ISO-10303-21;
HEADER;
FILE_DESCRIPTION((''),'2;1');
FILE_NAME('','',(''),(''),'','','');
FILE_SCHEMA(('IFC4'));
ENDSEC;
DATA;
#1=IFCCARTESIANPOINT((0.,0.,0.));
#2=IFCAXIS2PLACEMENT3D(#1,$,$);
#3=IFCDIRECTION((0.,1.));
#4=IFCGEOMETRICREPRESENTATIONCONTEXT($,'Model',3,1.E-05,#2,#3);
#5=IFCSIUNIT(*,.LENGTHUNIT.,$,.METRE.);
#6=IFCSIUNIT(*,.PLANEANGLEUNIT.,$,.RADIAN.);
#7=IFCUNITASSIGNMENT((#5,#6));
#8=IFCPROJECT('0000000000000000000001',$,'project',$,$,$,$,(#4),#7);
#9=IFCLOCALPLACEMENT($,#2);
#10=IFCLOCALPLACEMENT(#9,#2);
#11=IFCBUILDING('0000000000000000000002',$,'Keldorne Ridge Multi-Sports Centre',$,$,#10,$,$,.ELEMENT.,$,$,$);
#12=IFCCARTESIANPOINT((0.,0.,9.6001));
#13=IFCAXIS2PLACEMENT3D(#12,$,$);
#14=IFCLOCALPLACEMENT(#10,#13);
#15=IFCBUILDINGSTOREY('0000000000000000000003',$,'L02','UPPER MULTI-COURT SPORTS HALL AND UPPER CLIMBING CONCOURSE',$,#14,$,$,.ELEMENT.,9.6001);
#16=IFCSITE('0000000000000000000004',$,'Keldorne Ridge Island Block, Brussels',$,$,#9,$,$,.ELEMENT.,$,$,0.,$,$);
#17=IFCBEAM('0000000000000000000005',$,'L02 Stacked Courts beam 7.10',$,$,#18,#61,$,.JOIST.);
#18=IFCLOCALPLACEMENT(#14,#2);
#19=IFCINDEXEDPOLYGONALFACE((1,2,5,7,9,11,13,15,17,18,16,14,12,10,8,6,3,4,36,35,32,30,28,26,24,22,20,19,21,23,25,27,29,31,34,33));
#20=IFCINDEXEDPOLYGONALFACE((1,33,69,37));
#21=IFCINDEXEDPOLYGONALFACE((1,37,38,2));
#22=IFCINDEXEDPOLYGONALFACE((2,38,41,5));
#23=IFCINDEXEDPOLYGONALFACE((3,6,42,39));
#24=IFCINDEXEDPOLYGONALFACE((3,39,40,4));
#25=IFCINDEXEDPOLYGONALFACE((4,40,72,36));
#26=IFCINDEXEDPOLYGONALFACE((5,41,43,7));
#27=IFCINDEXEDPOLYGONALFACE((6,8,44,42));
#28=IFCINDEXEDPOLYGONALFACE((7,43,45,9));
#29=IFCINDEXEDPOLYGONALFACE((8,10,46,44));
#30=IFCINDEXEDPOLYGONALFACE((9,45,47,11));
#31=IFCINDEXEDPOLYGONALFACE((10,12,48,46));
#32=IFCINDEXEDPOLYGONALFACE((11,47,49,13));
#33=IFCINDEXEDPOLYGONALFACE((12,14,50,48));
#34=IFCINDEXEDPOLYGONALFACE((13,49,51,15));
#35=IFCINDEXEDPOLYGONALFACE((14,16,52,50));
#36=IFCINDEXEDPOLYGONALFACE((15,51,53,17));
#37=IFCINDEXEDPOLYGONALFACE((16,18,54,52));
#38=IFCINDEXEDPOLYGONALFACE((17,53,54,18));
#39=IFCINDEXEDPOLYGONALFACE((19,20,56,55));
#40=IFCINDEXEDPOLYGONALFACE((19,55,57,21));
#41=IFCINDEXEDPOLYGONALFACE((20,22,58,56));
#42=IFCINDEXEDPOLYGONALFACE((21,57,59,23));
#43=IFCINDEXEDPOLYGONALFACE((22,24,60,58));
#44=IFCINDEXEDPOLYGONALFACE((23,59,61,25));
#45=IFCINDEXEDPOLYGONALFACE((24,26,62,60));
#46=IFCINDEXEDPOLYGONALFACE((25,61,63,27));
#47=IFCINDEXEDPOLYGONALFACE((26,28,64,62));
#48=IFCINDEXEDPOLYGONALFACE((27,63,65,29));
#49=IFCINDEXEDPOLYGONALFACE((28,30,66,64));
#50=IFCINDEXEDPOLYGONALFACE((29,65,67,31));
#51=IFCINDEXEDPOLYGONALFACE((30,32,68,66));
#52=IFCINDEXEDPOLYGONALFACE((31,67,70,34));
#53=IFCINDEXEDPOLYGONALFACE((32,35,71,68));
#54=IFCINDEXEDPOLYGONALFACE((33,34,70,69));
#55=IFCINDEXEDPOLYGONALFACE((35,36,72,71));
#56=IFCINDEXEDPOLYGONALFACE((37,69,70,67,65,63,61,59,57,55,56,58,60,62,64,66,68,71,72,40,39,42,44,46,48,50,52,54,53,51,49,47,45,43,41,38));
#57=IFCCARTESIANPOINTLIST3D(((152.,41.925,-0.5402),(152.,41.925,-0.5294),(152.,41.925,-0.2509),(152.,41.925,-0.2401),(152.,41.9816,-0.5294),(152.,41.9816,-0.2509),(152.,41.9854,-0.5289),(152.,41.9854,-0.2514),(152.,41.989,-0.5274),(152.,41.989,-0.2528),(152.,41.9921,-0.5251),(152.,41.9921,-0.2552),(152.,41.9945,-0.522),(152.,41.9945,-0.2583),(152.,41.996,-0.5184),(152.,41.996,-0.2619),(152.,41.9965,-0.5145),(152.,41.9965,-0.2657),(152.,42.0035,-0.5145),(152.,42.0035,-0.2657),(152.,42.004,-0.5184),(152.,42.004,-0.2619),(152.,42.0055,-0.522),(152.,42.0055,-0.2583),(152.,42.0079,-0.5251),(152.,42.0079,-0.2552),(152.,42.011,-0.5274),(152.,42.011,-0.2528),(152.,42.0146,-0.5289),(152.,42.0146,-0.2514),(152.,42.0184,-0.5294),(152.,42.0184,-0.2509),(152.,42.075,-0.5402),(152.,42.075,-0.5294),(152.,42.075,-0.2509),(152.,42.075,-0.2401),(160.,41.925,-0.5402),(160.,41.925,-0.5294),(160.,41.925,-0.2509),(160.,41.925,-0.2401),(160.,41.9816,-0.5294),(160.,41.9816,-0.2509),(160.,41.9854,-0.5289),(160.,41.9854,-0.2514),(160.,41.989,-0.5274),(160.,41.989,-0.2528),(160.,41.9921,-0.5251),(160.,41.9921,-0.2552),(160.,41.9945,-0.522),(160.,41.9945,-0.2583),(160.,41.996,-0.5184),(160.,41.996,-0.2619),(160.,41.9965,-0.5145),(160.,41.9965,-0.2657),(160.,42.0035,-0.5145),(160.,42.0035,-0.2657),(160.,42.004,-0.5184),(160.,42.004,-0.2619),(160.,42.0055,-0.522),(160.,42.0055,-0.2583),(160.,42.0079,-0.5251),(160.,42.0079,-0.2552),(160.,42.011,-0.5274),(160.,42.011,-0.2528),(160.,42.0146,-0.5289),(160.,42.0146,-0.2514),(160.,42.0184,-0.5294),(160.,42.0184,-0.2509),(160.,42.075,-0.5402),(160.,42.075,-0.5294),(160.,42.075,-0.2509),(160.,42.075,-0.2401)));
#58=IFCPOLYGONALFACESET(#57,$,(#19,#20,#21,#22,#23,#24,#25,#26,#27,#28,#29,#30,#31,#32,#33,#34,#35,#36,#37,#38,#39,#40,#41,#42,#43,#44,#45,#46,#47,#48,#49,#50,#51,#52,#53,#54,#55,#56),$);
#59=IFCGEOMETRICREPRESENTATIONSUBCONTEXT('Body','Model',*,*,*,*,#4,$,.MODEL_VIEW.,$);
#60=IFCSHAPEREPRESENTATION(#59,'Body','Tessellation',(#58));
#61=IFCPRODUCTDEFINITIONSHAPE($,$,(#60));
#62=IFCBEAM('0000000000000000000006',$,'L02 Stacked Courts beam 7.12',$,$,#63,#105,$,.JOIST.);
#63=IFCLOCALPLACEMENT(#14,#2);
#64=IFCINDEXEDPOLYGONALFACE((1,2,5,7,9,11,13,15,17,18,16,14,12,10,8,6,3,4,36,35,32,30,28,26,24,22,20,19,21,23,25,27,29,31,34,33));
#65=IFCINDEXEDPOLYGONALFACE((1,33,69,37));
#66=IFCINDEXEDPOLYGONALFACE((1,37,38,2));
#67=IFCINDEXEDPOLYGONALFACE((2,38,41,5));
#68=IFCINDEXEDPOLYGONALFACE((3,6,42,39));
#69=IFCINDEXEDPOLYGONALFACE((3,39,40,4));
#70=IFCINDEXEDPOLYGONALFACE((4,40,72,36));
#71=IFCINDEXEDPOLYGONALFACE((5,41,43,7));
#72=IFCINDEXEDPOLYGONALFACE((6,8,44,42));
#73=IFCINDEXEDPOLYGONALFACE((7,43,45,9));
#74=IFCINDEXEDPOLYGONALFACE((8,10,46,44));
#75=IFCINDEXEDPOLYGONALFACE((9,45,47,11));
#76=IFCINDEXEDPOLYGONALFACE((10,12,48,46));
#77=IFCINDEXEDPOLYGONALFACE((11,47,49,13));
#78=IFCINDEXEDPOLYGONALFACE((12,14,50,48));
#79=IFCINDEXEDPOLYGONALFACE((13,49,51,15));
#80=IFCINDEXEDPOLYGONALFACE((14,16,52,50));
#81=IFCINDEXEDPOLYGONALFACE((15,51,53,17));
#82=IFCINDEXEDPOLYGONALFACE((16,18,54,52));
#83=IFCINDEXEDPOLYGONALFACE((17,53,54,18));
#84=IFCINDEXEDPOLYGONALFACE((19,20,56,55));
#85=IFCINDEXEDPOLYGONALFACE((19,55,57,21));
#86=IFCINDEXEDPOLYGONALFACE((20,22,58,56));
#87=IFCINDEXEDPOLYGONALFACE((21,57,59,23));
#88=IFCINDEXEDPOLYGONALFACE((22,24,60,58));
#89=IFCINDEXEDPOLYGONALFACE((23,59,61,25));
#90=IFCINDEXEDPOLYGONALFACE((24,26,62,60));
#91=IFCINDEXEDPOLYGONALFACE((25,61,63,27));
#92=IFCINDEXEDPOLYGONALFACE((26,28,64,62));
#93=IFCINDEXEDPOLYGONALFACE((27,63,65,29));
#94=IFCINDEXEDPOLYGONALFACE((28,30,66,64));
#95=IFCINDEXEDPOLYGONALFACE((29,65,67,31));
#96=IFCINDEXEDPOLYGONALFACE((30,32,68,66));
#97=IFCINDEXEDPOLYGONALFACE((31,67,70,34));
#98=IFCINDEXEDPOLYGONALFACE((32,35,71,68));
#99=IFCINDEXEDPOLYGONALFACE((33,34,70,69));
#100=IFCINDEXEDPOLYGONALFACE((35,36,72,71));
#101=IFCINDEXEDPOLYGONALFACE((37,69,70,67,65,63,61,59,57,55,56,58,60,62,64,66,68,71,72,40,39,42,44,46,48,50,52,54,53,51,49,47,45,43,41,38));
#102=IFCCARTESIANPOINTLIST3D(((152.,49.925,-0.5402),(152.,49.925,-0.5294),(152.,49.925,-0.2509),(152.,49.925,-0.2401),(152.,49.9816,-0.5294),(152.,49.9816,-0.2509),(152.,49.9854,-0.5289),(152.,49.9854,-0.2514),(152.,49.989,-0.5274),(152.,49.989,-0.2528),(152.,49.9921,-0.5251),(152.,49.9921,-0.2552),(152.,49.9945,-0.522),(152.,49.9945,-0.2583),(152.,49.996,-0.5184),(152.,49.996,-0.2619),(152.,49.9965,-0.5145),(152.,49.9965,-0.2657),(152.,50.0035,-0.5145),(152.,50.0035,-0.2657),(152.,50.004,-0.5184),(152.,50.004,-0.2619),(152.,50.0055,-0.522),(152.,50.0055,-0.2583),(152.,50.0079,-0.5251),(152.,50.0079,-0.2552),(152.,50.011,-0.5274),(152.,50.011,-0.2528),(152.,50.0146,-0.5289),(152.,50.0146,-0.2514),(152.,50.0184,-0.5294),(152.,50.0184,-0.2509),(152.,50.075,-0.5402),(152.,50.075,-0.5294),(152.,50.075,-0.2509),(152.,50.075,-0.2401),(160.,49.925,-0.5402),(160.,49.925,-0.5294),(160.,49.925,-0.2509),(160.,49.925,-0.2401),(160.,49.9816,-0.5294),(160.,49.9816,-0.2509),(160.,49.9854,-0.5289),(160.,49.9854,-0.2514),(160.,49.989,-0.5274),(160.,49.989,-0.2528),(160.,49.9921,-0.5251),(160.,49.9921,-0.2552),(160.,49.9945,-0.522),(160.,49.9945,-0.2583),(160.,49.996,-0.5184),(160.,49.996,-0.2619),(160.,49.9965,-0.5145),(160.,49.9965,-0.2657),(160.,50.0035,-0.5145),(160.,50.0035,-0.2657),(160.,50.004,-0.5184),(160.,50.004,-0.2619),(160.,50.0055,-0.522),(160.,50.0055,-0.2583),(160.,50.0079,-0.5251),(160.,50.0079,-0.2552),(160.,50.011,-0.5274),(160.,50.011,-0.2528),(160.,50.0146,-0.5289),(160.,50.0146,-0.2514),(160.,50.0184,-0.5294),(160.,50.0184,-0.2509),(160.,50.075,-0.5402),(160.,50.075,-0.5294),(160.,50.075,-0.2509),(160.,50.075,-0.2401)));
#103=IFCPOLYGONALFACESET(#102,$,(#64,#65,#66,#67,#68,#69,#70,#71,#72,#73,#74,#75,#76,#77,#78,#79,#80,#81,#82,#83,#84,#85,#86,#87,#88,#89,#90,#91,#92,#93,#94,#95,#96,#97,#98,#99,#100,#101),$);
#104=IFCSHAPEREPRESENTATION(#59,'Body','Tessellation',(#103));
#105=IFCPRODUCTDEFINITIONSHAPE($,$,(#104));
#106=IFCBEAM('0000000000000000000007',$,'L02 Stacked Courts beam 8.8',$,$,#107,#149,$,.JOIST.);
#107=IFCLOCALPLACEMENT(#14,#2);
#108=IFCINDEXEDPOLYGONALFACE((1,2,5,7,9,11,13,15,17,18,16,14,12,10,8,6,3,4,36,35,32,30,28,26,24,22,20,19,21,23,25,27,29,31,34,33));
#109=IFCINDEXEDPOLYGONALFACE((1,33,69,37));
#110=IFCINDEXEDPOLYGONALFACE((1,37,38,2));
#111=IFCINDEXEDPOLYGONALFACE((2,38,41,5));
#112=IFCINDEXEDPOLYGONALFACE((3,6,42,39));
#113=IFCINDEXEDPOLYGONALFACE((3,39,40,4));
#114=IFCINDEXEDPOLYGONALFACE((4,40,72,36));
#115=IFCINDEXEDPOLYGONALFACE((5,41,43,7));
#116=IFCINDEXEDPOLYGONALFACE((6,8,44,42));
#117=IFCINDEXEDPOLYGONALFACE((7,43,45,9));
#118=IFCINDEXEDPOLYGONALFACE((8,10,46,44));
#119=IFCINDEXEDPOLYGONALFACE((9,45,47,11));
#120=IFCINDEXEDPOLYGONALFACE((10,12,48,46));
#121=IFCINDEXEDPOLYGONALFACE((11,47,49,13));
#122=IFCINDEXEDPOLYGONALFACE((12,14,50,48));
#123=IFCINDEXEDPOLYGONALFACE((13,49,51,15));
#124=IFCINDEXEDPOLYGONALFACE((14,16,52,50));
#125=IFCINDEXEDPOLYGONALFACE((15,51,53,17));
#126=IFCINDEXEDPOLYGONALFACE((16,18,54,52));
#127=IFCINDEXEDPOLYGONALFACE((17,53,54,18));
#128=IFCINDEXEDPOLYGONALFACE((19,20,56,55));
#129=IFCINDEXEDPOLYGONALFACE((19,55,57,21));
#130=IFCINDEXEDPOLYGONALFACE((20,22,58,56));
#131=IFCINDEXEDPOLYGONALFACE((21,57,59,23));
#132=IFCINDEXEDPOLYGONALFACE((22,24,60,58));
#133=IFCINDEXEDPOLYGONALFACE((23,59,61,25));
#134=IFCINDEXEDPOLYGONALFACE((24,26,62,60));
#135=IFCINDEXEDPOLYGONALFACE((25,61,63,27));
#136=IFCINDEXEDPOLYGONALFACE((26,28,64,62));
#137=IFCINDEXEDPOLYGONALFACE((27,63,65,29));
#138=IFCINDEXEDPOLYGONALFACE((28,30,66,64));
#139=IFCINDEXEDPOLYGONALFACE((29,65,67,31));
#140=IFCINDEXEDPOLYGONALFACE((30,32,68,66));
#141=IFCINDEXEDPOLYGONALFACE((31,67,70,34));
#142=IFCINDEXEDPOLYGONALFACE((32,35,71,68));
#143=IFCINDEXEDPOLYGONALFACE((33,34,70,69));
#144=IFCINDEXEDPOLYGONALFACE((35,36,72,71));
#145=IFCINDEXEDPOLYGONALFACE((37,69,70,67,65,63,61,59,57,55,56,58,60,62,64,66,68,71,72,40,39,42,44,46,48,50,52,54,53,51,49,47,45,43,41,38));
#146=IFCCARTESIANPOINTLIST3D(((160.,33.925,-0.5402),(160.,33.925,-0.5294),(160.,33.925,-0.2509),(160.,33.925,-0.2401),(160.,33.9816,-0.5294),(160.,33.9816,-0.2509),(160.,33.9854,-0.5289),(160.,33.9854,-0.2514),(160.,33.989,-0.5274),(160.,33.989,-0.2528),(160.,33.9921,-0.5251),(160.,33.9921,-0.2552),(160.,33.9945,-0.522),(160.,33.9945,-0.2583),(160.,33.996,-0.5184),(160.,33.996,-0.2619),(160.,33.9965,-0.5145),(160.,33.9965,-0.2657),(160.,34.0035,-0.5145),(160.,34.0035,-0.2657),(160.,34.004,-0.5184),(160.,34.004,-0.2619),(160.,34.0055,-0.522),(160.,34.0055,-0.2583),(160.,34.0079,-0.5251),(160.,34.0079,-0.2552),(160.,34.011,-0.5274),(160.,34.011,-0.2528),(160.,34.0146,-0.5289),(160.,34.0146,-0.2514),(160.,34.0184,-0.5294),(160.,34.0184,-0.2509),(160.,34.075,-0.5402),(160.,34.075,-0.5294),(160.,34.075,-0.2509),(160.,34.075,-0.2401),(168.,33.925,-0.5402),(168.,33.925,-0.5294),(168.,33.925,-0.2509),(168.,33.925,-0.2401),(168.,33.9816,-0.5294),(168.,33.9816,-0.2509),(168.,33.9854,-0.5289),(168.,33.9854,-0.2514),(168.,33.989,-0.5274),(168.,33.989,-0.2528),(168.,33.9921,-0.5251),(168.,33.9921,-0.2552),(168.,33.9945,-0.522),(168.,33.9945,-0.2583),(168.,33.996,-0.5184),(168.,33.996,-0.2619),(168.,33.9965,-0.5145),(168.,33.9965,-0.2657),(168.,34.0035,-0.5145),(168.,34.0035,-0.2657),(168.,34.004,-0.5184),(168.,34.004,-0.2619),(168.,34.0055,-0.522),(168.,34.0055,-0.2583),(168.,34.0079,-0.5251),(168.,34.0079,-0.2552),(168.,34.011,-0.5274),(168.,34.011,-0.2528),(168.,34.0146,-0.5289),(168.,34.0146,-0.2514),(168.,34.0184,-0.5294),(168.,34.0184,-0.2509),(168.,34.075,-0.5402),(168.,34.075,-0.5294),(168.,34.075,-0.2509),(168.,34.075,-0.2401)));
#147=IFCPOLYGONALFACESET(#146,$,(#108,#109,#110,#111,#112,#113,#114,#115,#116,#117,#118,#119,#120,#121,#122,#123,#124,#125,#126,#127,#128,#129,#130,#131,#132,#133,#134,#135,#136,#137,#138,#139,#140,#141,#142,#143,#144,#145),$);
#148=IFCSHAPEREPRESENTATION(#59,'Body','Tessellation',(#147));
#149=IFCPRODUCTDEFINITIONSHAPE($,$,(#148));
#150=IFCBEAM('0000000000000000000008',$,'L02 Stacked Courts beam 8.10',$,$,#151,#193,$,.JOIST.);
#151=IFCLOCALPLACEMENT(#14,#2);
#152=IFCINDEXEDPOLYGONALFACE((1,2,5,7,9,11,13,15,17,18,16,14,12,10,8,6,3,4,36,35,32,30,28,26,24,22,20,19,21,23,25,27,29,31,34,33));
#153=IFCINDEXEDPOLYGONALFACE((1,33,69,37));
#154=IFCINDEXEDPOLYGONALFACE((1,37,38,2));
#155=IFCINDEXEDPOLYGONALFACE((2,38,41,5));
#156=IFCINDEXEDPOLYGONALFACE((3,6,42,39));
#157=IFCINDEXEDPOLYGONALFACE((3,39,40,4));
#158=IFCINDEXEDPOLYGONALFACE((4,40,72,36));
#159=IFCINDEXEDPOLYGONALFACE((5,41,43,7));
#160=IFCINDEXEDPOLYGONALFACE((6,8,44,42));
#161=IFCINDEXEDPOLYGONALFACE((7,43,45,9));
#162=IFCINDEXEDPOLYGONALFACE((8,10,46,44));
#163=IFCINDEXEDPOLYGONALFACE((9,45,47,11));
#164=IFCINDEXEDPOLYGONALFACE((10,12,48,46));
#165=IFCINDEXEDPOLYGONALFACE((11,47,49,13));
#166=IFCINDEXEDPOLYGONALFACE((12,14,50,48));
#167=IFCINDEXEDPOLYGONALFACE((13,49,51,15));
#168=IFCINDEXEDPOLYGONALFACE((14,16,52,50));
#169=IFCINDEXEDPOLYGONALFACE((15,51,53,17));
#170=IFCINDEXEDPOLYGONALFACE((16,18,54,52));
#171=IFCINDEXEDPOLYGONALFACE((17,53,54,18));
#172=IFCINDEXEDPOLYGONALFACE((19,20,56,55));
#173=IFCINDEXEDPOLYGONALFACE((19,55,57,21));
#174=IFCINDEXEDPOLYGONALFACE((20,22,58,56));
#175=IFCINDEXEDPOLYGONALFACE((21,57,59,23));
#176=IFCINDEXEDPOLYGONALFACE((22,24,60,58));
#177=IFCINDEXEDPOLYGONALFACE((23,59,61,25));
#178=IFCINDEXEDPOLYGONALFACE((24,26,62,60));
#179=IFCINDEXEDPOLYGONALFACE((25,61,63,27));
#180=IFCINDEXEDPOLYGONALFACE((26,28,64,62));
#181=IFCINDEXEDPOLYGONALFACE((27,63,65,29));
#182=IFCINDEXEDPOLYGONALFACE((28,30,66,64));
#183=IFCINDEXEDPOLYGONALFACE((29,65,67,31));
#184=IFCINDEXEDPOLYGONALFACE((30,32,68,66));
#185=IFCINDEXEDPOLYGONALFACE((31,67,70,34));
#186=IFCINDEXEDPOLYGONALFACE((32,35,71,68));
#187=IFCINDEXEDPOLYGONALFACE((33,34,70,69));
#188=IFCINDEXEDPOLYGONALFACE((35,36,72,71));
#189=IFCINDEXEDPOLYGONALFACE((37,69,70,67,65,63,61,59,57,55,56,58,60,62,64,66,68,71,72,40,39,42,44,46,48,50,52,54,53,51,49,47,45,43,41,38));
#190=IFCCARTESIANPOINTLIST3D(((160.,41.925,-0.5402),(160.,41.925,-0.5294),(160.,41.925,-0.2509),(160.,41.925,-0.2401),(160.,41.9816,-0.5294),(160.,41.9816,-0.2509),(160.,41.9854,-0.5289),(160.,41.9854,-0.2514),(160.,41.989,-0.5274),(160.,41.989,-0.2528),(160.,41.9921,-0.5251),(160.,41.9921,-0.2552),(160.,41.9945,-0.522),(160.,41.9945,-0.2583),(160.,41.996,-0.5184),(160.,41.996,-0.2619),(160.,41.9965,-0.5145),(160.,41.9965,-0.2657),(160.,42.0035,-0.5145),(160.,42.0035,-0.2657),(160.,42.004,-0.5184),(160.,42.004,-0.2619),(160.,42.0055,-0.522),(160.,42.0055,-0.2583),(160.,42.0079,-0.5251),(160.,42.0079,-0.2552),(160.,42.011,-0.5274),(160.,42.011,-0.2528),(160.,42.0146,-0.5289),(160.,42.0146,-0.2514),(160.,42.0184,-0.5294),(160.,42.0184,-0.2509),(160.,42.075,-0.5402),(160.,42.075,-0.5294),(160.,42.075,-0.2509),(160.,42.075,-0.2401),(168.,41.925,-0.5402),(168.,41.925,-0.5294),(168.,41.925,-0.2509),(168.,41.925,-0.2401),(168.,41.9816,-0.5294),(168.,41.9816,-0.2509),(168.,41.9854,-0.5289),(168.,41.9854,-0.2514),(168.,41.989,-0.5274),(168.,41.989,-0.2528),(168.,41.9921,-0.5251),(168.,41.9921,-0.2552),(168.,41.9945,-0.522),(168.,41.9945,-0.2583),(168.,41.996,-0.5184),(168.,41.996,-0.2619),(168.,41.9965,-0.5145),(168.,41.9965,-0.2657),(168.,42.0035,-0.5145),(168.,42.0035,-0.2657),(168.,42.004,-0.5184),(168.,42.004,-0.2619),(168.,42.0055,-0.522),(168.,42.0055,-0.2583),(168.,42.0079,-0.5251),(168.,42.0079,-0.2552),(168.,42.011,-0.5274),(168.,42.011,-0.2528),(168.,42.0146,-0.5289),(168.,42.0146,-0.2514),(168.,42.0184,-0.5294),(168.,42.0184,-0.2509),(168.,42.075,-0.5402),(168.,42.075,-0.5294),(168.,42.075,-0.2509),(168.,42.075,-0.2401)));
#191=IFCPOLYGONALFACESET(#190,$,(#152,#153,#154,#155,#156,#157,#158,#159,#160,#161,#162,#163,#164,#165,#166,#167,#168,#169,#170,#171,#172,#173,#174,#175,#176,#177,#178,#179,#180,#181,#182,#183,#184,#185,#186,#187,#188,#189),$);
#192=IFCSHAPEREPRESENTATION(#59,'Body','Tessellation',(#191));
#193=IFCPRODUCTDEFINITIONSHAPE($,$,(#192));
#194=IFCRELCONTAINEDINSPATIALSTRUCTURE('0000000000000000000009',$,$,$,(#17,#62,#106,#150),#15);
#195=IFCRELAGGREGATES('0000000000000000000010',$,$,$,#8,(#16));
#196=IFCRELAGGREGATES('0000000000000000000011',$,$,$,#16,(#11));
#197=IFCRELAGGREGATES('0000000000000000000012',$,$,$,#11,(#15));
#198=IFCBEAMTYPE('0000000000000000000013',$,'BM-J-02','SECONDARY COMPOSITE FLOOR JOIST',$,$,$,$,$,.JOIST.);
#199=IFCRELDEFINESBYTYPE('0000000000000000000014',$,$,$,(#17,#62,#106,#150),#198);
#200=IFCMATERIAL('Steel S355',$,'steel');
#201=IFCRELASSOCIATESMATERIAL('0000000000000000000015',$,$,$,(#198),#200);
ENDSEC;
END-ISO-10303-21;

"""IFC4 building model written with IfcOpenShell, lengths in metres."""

from ifc_helpers import new_model, si_unit, direction, frame, origin, origin_2d, place, context, subcontext, project, spatial, i_section, extrude, material, material_profile, profile_set, type_object, element, save


model = new_model("IFC4")

# Units and contexts
model_context = context("Model", 3, precision=1e-05, world=origin(), true_north=direction((0.0, 1.0)))
body_context = subcontext(model_context, "Body", "Model", "MODEL_VIEW")
ifc_project = project(units=[si_unit("LENGTHUNIT", "METRE"), si_unit("PLANEANGLEUNIT", "RADIAN")], contexts=[model_context])

# Site, building, storey
site_placement = place(None, origin())
site = spatial("IfcSite", under=ifc_project, at=site_placement, Name="Keldorne Ridge Island Block, Brussels", CompositionType="ELEMENT", RefElevation=0.0)
building_placement = place(site_placement, origin())
building = spatial("IfcBuilding", under=site, at=building_placement, Name="Keldorne Ridge Multi-Sports Centre", CompositionType="ELEMENT")
storey_placement = place(building_placement, frame((0.0, 0.0, 9.6001)))
storey = spatial("IfcBuildingStorey", under=building, at=storey_placement, Name="L02", Description="UPPER MULTI-COURT SPORTS HALL AND UPPER CLIMBING CONCOURSE", CompositionType="ELEMENT", Elevation=9.6001)

# Shared definitions
ifc_material_1 = material(Name="Steel S355", Category="steel")

# Beams
ifc_material_profile_1 = material_profile(ifc_material_1, i_section(OverallWidth=0.1499, OverallDepth=0.3, WebThickness=0.0071, FlangeThickness=0.0107, FilletRadius=0.0149, at=origin_2d()), Name="IPE 300")
ifc_profile_set_1 = profile_set([ifc_material_profile_1], Name="Steel S355")
beam_type_1 = type_object("IfcBeamType", Name="BM-J-02", Description="SECONDARY COMPOSITE FLOOR JOIST", PredefinedType="JOIST", material=ifc_profile_set_1)
for number, where, z_axis, x_axis, name in (
    (1, (152.0, 42.0, -0.3901), (1.0, 0.0, 0.0), (0.0, 1.0, 0.0), "L02 Stacked Courts beam 7.10"),
    (2, (152.0, 50.0, -0.3901), (1.0, 0.0, 0.0), (0.0, 1.0, 0.0), "L02 Stacked Courts beam 7.12"),
    (3, (160.0, 34.0, -0.3901), (1.0, 0.0, 0.0), (0.0, 1.0, 0.0), "L02 Stacked Courts beam 8.8"),
    (4, (160.0, 42.0, -0.3901), (1.0, 0.0, 0.0), (0.0, 1.0, 0.0), "L02 Stacked Courts beam 8.10"),
):
    element("IfcBeam", number, at=place(storey_placement, frame(where, z_axis=z_axis, x_axis=x_axis)), inside=storey, type_object=beam_type_1, Name=name, PredefinedType="JOIST", context=body_context, shape_type="SweptSolid", body=[
        extrude(i_section(OverallWidth=0.1499, OverallDepth=0.3, WebThickness=0.0071, FlangeThickness=0.0107, FilletRadius=0.0149, at=origin_2d()), origin(), (0.0, 0.0, 1.0), 8.0),
    ])

save(model, "model.ifc")
